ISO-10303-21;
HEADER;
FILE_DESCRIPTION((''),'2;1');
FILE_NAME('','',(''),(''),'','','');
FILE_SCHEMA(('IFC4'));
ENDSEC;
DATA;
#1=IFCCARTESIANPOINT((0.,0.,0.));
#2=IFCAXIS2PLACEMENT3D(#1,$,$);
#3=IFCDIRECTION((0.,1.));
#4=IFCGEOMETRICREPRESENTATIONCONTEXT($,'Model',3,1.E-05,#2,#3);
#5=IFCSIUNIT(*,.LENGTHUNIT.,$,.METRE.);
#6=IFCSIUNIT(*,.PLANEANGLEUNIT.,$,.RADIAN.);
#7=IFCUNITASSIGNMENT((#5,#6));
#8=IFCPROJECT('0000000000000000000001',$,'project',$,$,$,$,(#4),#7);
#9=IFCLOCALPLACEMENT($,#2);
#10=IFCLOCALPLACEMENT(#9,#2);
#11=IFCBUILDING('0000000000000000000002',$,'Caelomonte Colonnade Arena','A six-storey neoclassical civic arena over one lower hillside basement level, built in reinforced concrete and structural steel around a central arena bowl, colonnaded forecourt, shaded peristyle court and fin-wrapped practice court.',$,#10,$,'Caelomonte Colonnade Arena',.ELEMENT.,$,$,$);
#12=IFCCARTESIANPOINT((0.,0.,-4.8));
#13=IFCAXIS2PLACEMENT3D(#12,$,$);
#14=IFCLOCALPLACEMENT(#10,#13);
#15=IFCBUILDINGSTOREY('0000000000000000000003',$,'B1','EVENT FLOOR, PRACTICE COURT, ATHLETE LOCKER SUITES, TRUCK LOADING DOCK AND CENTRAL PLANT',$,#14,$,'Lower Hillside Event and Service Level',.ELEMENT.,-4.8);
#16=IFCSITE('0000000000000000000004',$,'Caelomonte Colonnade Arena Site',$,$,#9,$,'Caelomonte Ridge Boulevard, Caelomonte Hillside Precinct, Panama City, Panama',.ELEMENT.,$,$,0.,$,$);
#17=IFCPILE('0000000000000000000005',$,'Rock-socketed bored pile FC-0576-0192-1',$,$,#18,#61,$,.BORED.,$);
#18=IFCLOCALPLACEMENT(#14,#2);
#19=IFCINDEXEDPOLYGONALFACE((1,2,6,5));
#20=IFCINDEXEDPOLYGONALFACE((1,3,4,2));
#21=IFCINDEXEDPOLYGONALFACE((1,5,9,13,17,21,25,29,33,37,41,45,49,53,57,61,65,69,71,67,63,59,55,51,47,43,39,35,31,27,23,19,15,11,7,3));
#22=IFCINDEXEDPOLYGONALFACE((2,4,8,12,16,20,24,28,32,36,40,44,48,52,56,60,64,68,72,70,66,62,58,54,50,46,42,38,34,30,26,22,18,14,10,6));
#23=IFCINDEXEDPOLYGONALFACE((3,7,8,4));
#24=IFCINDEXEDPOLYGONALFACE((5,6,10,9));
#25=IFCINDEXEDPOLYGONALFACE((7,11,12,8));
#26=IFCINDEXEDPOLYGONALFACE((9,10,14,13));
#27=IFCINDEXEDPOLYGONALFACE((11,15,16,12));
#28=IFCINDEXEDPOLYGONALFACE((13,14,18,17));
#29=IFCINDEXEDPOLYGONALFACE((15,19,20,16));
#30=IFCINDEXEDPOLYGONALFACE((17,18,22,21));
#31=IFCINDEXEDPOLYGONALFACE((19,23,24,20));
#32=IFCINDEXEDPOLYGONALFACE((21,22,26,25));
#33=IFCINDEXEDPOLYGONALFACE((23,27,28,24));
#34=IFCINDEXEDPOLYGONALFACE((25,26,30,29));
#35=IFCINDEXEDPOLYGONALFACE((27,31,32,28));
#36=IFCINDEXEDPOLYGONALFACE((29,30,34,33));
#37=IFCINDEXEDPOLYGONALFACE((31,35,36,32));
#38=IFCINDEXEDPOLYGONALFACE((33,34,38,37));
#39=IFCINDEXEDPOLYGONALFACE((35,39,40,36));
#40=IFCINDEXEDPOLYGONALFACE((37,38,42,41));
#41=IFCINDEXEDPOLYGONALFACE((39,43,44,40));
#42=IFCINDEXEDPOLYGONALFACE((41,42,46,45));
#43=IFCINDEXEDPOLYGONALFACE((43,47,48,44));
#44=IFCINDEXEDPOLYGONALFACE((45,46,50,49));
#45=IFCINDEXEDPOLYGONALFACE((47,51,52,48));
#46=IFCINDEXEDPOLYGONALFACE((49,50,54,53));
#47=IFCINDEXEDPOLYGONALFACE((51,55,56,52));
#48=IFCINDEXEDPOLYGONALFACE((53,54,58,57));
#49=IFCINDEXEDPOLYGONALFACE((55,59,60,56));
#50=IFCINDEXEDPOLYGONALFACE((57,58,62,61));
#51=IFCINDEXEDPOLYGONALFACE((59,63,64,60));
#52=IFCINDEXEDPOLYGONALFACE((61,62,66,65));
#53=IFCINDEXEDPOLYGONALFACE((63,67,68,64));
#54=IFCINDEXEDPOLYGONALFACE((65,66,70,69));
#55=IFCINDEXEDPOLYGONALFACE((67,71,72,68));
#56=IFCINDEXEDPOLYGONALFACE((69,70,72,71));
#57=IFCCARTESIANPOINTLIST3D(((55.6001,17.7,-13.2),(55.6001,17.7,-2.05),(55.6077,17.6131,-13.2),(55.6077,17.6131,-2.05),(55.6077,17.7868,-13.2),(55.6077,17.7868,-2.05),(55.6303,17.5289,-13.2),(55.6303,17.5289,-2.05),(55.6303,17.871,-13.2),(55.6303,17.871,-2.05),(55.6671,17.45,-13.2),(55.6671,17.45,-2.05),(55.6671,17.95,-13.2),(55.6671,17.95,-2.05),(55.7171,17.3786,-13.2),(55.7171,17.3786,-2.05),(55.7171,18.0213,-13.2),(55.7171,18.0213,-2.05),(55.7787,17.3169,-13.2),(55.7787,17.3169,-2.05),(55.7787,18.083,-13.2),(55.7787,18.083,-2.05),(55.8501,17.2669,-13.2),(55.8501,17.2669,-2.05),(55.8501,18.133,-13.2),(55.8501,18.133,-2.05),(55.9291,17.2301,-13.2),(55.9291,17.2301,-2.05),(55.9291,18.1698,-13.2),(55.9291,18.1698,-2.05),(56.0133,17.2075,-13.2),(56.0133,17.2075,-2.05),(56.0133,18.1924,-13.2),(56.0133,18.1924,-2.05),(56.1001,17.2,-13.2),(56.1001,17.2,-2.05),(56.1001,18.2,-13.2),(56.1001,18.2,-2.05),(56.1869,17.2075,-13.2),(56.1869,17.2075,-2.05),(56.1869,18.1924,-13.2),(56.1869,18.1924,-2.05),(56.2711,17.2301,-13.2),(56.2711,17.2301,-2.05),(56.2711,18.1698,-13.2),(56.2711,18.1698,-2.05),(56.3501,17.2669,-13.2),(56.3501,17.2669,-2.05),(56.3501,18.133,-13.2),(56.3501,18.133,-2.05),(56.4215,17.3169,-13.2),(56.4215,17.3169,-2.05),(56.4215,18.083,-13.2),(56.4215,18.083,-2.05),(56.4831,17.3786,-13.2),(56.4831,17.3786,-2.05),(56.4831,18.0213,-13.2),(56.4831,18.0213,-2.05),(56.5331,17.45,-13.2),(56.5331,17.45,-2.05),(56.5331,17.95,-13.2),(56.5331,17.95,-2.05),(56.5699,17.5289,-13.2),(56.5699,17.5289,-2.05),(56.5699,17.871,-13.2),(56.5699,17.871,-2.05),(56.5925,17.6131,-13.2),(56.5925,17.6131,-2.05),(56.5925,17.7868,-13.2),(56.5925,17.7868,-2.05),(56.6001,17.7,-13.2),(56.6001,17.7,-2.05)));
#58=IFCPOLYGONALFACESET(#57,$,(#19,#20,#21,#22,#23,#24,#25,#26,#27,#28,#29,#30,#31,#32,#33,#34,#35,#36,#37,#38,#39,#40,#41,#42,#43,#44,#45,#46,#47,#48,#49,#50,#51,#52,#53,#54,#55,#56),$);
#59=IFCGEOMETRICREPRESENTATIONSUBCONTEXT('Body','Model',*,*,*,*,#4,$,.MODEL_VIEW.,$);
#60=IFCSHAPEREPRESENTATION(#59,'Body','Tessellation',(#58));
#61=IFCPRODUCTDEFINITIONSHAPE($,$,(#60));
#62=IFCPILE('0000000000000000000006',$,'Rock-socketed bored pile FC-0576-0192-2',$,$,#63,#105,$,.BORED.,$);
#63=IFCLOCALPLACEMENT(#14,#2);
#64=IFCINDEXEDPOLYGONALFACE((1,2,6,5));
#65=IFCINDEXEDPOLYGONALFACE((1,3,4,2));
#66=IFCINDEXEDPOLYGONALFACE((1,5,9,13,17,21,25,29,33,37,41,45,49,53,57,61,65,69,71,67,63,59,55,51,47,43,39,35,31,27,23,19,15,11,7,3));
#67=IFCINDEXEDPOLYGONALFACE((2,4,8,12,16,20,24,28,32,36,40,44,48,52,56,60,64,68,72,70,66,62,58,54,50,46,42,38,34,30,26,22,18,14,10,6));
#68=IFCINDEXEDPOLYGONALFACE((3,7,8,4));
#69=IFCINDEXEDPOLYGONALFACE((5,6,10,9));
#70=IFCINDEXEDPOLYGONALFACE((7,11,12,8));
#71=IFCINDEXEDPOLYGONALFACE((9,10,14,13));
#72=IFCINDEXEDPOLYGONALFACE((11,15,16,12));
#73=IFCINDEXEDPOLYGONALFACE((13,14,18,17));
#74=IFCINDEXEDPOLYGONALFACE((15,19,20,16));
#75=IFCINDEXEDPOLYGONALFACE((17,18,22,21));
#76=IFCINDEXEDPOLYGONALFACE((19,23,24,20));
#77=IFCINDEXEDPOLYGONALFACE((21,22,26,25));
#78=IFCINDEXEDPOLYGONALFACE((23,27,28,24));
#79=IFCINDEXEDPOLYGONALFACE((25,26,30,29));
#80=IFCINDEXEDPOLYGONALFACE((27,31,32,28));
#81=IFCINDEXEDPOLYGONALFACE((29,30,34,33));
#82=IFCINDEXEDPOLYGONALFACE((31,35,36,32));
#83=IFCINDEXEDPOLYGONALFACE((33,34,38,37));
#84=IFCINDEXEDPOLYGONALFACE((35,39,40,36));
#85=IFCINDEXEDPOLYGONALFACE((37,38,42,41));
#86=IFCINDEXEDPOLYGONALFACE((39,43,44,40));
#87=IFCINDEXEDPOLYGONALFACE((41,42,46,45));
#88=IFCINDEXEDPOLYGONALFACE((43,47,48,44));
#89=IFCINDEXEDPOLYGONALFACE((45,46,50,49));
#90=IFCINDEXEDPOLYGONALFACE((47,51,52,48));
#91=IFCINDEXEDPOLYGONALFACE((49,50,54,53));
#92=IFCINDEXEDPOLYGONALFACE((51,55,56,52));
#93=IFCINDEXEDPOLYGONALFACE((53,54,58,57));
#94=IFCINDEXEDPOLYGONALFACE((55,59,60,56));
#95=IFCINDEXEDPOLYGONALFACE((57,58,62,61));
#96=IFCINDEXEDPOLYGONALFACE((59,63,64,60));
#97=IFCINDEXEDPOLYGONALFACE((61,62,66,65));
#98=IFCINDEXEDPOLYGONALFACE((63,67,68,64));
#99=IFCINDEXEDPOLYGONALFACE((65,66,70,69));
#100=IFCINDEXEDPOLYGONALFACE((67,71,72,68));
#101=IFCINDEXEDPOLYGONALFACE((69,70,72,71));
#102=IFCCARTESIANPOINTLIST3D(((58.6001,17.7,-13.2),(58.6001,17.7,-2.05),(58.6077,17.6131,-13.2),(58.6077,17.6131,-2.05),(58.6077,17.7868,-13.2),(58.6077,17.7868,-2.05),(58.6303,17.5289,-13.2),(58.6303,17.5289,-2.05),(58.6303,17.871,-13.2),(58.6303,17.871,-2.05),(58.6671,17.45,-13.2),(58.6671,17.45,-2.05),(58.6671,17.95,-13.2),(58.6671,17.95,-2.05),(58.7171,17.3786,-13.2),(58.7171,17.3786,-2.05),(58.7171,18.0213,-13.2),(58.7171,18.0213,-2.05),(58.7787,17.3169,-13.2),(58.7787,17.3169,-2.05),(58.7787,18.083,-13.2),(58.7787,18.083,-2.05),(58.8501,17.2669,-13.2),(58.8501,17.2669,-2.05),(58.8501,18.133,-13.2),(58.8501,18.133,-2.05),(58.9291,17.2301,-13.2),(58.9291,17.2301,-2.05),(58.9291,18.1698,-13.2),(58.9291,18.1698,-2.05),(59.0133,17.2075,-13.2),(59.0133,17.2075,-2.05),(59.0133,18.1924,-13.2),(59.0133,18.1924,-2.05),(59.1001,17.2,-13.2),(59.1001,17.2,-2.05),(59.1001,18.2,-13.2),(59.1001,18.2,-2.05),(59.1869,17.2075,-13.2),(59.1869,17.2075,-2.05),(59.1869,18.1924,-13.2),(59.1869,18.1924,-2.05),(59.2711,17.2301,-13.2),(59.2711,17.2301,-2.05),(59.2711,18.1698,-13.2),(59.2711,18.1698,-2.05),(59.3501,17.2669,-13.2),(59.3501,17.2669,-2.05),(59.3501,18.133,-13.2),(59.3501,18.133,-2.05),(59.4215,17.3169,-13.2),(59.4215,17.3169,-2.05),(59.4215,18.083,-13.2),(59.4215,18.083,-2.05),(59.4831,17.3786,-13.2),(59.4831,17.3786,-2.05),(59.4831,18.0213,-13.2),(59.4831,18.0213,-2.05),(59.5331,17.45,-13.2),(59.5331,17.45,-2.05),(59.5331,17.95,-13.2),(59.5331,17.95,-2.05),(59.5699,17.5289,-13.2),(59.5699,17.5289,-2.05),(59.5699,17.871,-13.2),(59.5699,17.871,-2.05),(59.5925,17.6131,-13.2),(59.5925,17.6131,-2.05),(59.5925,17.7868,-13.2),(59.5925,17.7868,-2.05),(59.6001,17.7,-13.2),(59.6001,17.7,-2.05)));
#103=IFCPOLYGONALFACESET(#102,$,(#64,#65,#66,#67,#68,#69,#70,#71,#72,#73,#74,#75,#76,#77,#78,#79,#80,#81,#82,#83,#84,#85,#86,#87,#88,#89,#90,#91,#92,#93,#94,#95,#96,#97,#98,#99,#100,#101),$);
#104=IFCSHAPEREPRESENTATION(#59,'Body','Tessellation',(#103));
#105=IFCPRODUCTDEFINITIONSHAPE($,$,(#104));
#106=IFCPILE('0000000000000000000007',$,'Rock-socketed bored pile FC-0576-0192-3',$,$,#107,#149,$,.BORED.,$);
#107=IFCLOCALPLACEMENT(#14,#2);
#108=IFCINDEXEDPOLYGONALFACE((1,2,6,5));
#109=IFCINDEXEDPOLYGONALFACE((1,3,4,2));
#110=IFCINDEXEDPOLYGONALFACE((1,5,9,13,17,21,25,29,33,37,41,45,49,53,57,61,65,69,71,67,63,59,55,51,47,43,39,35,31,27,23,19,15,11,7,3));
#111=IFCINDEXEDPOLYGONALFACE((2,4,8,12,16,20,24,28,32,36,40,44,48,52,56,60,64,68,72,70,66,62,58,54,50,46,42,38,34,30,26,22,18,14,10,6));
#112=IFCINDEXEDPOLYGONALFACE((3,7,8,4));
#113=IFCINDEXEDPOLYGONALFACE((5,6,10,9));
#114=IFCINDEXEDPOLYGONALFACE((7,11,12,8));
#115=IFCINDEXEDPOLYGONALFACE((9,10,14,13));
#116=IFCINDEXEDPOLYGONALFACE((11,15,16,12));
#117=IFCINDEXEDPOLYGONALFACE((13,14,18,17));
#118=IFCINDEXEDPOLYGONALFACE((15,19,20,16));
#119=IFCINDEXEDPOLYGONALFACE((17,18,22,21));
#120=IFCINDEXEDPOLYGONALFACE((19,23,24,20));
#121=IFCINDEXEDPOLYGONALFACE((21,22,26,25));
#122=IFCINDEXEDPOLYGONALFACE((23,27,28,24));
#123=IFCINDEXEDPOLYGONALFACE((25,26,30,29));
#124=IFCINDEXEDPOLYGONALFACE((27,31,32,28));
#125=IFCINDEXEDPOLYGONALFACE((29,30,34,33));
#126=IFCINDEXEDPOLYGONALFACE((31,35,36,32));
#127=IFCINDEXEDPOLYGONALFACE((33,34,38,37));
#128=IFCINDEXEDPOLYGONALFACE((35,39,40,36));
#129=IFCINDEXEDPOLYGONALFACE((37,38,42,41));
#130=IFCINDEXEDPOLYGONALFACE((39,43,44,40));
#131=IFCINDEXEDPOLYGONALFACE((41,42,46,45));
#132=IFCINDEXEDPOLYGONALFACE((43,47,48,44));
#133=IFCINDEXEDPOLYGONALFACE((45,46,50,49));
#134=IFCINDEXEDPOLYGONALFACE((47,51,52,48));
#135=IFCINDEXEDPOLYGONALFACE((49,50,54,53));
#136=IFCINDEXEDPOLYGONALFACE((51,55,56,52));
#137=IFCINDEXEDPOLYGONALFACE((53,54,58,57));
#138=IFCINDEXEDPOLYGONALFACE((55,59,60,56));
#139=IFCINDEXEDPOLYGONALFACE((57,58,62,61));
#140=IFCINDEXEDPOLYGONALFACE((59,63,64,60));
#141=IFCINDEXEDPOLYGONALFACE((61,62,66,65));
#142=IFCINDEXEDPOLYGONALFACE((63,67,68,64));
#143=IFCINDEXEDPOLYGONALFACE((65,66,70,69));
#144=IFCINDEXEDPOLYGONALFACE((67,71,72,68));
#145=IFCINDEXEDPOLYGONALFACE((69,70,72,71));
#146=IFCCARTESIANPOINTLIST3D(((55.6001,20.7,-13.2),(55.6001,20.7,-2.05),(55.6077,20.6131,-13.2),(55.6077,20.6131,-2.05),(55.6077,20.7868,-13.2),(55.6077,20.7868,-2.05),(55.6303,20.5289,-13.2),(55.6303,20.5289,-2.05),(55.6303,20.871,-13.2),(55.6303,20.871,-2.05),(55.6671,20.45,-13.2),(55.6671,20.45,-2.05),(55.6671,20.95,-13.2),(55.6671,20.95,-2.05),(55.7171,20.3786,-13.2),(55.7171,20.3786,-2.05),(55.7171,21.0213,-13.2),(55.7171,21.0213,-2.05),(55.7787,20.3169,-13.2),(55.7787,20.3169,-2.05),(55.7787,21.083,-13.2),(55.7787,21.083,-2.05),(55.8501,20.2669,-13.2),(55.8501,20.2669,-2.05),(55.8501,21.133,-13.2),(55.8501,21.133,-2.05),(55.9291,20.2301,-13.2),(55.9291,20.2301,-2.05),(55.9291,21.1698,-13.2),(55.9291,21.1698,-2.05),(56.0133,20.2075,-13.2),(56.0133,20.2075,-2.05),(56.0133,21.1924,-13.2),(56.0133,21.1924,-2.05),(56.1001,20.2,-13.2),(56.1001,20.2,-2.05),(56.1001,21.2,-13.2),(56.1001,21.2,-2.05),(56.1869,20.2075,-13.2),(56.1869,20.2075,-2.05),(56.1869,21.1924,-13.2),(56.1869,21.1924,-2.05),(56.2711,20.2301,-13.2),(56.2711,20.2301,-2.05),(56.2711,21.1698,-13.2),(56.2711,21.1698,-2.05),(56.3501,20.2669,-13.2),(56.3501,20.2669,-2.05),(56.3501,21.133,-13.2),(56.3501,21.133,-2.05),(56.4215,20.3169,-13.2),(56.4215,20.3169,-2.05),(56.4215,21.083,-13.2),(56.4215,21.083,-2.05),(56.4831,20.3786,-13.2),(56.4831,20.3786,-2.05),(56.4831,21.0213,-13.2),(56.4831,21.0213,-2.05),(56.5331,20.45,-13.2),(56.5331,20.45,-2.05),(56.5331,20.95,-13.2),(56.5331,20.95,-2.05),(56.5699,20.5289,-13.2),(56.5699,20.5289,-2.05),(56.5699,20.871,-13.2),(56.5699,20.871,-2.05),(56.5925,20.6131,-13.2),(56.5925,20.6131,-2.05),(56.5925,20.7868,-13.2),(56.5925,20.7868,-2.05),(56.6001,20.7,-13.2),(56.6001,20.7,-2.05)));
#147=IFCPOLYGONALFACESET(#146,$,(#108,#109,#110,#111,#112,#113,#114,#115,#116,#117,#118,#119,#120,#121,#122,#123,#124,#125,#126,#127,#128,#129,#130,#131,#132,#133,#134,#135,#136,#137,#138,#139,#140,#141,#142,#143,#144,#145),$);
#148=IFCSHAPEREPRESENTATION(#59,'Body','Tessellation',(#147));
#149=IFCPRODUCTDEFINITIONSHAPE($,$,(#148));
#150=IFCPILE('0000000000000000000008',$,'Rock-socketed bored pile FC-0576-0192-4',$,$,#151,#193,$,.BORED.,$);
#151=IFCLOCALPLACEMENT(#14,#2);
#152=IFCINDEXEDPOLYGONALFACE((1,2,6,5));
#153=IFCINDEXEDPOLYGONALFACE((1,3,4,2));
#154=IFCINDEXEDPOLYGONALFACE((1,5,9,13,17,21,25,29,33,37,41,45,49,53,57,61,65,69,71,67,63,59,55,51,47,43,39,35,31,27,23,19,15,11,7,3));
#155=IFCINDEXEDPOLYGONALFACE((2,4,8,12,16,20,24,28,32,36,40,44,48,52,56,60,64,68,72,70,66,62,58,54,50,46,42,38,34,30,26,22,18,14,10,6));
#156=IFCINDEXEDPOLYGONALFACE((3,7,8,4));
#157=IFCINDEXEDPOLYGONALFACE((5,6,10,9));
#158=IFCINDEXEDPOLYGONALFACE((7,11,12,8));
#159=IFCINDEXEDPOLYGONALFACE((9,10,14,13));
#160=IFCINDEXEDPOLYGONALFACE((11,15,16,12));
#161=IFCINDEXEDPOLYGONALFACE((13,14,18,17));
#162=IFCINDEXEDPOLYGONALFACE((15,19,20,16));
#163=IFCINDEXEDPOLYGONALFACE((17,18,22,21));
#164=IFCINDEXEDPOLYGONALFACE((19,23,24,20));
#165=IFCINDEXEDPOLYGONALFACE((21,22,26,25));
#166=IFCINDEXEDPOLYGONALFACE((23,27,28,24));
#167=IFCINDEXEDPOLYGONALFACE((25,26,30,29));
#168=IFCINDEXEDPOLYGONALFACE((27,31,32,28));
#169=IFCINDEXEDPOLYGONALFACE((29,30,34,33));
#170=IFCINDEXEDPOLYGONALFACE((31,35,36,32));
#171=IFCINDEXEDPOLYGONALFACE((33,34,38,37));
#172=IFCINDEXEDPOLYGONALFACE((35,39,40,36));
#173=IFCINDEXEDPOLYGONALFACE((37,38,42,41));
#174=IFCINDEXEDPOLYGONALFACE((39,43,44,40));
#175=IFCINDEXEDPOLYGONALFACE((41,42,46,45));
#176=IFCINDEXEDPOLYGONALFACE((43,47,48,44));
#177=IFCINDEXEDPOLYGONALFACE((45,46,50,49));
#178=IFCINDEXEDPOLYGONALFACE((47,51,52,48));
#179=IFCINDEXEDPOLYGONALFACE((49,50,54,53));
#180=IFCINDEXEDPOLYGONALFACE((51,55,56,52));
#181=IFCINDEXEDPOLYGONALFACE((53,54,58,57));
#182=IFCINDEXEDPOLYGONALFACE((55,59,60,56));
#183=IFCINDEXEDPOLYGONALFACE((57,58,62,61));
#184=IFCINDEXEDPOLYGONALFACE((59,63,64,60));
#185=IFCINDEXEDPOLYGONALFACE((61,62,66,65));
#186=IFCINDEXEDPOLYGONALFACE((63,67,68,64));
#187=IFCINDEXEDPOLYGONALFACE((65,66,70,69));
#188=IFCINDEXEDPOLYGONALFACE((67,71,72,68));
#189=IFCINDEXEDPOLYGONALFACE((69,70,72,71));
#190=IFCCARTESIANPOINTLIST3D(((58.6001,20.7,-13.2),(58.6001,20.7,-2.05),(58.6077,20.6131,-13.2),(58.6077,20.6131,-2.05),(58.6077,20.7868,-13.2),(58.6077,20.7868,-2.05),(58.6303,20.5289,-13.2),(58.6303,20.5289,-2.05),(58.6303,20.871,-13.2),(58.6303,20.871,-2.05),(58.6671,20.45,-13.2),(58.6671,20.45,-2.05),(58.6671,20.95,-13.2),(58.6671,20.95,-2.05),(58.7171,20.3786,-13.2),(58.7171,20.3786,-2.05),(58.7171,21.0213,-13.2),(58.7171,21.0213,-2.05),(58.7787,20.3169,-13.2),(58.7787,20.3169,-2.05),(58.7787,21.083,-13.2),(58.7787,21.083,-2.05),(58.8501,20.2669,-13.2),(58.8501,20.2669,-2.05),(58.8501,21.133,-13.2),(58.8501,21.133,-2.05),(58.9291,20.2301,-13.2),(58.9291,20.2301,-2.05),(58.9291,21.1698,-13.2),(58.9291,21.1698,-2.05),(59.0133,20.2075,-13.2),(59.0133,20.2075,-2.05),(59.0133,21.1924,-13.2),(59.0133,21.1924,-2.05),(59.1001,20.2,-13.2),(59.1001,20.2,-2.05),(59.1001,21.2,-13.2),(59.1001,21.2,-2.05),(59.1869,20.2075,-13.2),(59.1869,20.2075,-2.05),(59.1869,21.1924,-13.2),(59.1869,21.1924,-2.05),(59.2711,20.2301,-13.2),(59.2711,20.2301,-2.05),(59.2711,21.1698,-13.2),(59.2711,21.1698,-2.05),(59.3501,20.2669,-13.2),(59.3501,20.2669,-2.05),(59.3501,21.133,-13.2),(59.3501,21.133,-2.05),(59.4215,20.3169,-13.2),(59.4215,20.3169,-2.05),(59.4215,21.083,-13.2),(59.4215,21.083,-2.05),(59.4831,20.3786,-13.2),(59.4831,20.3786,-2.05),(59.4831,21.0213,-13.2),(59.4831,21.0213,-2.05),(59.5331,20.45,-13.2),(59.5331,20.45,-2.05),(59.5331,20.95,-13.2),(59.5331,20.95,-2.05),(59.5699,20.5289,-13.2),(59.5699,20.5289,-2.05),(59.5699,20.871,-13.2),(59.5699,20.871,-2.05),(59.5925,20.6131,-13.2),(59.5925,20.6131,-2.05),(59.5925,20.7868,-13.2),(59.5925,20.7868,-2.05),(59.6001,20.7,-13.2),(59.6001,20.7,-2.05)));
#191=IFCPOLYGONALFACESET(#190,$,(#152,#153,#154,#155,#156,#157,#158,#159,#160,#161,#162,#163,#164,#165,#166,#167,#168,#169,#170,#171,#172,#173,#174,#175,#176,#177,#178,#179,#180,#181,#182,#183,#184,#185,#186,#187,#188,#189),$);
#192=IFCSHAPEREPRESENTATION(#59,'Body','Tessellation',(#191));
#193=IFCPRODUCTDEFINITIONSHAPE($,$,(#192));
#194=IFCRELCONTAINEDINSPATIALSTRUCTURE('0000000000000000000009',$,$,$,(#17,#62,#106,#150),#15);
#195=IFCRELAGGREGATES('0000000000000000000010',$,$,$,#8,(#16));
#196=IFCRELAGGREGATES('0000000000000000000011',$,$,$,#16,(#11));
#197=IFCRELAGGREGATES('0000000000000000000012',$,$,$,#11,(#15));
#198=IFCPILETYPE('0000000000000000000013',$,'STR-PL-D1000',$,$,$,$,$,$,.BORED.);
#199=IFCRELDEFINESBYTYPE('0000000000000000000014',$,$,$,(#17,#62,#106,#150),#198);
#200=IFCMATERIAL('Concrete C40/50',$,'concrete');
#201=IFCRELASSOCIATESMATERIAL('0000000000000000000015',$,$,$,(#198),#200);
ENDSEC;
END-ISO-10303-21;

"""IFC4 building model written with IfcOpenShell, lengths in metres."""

from ifc_helpers import new_model, si_unit, direction, frame, origin, origin_2d, place, context, subcontext, project, spatial, circle, extrude, material, material_profile, profile_set, type_object, element, save


model = new_model("IFC4")

# Units and contexts
model_context = context("Model", 3, precision=1e-05, world=origin(), true_north=direction((0.0, 1.0)))
body_context = subcontext(model_context, "Body", "Model", "MODEL_VIEW")
ifc_project = project(units=[si_unit("LENGTHUNIT", "METRE"), si_unit("PLANEANGLEUNIT", "RADIAN")], contexts=[model_context])

# Site, building, storey
site_placement = place(None, origin())
site = spatial("IfcSite", under=ifc_project, at=site_placement, Name="Caelomonte Colonnade Arena Site", LongName="Caelomonte Ridge Boulevard, Caelomonte Hillside Precinct, Panama City, Panama", CompositionType="ELEMENT", RefElevation=0.0)
building_placement = place(site_placement, origin())
building = spatial("IfcBuilding", under=site, at=building_placement, Name="Caelomonte Colonnade Arena", Description="A six-storey neoclassical civic arena over one lower hillside basement level, built in reinforced concrete and structural steel around a central arena bowl, colonnaded forecourt, shaded peristyle court and fin-wrapped practice court.", LongName="Caelomonte Colonnade Arena", CompositionType="ELEMENT")
storey_placement = place(building_placement, frame((0.0, 0.0, -4.8)))
storey = spatial("IfcBuildingStorey", under=building, at=storey_placement, Name="B1", Description="EVENT FLOOR, PRACTICE COURT, ATHLETE LOCKER SUITES, TRUCK LOADING DOCK AND CENTRAL PLANT", LongName="Lower Hillside Event and Service Level", CompositionType="ELEMENT", Elevation=-4.8)

# Shared definitions
ifc_material_1 = material(Name="Concrete C40/50", Category="concrete")

# Piles
ifc_material_profile_1 = material_profile(ifc_material_1, circle(Radius=0.5, at=origin_2d()), Name="PILE-D1000")
ifc_profile_set_1 = profile_set([ifc_material_profile_1], Name="Concrete C40/50")
pile_type_1 = type_object("IfcPileType", Name="STR-PL-D1000", PredefinedType="BORED", material=ifc_profile_set_1)
for number, where, z_axis, x_axis, name in (
    (1, (56.1001, 17.7, -2.05), (0.0, 0.0, -1.0), (1.0, 0.0, 0.0), "Rock-socketed bored pile FC-0576-0192-1"),
    (2, (59.1001, 17.7, -2.05), (0.0, 0.0, -1.0), (1.0, 0.0, 0.0), "Rock-socketed bored pile FC-0576-0192-2"),
    (3, (56.1001, 20.7, -2.05), (0.0, 0.0, -1.0), (1.0, 0.0, 0.0), "Rock-socketed bored pile FC-0576-0192-3"),
    (4, (59.1001, 20.7, -2.05), (0.0, 0.0, -1.0), (1.0, 0.0, 0.0), "Rock-socketed bored pile FC-0576-0192-4"),
):
    element("IfcPile", number, at=place(storey_placement, frame(where, z_axis=z_axis, x_axis=x_axis)), inside=storey, type_object=pile_type_1, Name=name, PredefinedType="BORED", context=body_context, shape_type="SweptSolid", body=[
        extrude(circle(Radius=0.5, at=origin_2d()), origin(), (0.0, 0.0, 1.0), 11.1499),
    ])

save(model, "model.ifc")
